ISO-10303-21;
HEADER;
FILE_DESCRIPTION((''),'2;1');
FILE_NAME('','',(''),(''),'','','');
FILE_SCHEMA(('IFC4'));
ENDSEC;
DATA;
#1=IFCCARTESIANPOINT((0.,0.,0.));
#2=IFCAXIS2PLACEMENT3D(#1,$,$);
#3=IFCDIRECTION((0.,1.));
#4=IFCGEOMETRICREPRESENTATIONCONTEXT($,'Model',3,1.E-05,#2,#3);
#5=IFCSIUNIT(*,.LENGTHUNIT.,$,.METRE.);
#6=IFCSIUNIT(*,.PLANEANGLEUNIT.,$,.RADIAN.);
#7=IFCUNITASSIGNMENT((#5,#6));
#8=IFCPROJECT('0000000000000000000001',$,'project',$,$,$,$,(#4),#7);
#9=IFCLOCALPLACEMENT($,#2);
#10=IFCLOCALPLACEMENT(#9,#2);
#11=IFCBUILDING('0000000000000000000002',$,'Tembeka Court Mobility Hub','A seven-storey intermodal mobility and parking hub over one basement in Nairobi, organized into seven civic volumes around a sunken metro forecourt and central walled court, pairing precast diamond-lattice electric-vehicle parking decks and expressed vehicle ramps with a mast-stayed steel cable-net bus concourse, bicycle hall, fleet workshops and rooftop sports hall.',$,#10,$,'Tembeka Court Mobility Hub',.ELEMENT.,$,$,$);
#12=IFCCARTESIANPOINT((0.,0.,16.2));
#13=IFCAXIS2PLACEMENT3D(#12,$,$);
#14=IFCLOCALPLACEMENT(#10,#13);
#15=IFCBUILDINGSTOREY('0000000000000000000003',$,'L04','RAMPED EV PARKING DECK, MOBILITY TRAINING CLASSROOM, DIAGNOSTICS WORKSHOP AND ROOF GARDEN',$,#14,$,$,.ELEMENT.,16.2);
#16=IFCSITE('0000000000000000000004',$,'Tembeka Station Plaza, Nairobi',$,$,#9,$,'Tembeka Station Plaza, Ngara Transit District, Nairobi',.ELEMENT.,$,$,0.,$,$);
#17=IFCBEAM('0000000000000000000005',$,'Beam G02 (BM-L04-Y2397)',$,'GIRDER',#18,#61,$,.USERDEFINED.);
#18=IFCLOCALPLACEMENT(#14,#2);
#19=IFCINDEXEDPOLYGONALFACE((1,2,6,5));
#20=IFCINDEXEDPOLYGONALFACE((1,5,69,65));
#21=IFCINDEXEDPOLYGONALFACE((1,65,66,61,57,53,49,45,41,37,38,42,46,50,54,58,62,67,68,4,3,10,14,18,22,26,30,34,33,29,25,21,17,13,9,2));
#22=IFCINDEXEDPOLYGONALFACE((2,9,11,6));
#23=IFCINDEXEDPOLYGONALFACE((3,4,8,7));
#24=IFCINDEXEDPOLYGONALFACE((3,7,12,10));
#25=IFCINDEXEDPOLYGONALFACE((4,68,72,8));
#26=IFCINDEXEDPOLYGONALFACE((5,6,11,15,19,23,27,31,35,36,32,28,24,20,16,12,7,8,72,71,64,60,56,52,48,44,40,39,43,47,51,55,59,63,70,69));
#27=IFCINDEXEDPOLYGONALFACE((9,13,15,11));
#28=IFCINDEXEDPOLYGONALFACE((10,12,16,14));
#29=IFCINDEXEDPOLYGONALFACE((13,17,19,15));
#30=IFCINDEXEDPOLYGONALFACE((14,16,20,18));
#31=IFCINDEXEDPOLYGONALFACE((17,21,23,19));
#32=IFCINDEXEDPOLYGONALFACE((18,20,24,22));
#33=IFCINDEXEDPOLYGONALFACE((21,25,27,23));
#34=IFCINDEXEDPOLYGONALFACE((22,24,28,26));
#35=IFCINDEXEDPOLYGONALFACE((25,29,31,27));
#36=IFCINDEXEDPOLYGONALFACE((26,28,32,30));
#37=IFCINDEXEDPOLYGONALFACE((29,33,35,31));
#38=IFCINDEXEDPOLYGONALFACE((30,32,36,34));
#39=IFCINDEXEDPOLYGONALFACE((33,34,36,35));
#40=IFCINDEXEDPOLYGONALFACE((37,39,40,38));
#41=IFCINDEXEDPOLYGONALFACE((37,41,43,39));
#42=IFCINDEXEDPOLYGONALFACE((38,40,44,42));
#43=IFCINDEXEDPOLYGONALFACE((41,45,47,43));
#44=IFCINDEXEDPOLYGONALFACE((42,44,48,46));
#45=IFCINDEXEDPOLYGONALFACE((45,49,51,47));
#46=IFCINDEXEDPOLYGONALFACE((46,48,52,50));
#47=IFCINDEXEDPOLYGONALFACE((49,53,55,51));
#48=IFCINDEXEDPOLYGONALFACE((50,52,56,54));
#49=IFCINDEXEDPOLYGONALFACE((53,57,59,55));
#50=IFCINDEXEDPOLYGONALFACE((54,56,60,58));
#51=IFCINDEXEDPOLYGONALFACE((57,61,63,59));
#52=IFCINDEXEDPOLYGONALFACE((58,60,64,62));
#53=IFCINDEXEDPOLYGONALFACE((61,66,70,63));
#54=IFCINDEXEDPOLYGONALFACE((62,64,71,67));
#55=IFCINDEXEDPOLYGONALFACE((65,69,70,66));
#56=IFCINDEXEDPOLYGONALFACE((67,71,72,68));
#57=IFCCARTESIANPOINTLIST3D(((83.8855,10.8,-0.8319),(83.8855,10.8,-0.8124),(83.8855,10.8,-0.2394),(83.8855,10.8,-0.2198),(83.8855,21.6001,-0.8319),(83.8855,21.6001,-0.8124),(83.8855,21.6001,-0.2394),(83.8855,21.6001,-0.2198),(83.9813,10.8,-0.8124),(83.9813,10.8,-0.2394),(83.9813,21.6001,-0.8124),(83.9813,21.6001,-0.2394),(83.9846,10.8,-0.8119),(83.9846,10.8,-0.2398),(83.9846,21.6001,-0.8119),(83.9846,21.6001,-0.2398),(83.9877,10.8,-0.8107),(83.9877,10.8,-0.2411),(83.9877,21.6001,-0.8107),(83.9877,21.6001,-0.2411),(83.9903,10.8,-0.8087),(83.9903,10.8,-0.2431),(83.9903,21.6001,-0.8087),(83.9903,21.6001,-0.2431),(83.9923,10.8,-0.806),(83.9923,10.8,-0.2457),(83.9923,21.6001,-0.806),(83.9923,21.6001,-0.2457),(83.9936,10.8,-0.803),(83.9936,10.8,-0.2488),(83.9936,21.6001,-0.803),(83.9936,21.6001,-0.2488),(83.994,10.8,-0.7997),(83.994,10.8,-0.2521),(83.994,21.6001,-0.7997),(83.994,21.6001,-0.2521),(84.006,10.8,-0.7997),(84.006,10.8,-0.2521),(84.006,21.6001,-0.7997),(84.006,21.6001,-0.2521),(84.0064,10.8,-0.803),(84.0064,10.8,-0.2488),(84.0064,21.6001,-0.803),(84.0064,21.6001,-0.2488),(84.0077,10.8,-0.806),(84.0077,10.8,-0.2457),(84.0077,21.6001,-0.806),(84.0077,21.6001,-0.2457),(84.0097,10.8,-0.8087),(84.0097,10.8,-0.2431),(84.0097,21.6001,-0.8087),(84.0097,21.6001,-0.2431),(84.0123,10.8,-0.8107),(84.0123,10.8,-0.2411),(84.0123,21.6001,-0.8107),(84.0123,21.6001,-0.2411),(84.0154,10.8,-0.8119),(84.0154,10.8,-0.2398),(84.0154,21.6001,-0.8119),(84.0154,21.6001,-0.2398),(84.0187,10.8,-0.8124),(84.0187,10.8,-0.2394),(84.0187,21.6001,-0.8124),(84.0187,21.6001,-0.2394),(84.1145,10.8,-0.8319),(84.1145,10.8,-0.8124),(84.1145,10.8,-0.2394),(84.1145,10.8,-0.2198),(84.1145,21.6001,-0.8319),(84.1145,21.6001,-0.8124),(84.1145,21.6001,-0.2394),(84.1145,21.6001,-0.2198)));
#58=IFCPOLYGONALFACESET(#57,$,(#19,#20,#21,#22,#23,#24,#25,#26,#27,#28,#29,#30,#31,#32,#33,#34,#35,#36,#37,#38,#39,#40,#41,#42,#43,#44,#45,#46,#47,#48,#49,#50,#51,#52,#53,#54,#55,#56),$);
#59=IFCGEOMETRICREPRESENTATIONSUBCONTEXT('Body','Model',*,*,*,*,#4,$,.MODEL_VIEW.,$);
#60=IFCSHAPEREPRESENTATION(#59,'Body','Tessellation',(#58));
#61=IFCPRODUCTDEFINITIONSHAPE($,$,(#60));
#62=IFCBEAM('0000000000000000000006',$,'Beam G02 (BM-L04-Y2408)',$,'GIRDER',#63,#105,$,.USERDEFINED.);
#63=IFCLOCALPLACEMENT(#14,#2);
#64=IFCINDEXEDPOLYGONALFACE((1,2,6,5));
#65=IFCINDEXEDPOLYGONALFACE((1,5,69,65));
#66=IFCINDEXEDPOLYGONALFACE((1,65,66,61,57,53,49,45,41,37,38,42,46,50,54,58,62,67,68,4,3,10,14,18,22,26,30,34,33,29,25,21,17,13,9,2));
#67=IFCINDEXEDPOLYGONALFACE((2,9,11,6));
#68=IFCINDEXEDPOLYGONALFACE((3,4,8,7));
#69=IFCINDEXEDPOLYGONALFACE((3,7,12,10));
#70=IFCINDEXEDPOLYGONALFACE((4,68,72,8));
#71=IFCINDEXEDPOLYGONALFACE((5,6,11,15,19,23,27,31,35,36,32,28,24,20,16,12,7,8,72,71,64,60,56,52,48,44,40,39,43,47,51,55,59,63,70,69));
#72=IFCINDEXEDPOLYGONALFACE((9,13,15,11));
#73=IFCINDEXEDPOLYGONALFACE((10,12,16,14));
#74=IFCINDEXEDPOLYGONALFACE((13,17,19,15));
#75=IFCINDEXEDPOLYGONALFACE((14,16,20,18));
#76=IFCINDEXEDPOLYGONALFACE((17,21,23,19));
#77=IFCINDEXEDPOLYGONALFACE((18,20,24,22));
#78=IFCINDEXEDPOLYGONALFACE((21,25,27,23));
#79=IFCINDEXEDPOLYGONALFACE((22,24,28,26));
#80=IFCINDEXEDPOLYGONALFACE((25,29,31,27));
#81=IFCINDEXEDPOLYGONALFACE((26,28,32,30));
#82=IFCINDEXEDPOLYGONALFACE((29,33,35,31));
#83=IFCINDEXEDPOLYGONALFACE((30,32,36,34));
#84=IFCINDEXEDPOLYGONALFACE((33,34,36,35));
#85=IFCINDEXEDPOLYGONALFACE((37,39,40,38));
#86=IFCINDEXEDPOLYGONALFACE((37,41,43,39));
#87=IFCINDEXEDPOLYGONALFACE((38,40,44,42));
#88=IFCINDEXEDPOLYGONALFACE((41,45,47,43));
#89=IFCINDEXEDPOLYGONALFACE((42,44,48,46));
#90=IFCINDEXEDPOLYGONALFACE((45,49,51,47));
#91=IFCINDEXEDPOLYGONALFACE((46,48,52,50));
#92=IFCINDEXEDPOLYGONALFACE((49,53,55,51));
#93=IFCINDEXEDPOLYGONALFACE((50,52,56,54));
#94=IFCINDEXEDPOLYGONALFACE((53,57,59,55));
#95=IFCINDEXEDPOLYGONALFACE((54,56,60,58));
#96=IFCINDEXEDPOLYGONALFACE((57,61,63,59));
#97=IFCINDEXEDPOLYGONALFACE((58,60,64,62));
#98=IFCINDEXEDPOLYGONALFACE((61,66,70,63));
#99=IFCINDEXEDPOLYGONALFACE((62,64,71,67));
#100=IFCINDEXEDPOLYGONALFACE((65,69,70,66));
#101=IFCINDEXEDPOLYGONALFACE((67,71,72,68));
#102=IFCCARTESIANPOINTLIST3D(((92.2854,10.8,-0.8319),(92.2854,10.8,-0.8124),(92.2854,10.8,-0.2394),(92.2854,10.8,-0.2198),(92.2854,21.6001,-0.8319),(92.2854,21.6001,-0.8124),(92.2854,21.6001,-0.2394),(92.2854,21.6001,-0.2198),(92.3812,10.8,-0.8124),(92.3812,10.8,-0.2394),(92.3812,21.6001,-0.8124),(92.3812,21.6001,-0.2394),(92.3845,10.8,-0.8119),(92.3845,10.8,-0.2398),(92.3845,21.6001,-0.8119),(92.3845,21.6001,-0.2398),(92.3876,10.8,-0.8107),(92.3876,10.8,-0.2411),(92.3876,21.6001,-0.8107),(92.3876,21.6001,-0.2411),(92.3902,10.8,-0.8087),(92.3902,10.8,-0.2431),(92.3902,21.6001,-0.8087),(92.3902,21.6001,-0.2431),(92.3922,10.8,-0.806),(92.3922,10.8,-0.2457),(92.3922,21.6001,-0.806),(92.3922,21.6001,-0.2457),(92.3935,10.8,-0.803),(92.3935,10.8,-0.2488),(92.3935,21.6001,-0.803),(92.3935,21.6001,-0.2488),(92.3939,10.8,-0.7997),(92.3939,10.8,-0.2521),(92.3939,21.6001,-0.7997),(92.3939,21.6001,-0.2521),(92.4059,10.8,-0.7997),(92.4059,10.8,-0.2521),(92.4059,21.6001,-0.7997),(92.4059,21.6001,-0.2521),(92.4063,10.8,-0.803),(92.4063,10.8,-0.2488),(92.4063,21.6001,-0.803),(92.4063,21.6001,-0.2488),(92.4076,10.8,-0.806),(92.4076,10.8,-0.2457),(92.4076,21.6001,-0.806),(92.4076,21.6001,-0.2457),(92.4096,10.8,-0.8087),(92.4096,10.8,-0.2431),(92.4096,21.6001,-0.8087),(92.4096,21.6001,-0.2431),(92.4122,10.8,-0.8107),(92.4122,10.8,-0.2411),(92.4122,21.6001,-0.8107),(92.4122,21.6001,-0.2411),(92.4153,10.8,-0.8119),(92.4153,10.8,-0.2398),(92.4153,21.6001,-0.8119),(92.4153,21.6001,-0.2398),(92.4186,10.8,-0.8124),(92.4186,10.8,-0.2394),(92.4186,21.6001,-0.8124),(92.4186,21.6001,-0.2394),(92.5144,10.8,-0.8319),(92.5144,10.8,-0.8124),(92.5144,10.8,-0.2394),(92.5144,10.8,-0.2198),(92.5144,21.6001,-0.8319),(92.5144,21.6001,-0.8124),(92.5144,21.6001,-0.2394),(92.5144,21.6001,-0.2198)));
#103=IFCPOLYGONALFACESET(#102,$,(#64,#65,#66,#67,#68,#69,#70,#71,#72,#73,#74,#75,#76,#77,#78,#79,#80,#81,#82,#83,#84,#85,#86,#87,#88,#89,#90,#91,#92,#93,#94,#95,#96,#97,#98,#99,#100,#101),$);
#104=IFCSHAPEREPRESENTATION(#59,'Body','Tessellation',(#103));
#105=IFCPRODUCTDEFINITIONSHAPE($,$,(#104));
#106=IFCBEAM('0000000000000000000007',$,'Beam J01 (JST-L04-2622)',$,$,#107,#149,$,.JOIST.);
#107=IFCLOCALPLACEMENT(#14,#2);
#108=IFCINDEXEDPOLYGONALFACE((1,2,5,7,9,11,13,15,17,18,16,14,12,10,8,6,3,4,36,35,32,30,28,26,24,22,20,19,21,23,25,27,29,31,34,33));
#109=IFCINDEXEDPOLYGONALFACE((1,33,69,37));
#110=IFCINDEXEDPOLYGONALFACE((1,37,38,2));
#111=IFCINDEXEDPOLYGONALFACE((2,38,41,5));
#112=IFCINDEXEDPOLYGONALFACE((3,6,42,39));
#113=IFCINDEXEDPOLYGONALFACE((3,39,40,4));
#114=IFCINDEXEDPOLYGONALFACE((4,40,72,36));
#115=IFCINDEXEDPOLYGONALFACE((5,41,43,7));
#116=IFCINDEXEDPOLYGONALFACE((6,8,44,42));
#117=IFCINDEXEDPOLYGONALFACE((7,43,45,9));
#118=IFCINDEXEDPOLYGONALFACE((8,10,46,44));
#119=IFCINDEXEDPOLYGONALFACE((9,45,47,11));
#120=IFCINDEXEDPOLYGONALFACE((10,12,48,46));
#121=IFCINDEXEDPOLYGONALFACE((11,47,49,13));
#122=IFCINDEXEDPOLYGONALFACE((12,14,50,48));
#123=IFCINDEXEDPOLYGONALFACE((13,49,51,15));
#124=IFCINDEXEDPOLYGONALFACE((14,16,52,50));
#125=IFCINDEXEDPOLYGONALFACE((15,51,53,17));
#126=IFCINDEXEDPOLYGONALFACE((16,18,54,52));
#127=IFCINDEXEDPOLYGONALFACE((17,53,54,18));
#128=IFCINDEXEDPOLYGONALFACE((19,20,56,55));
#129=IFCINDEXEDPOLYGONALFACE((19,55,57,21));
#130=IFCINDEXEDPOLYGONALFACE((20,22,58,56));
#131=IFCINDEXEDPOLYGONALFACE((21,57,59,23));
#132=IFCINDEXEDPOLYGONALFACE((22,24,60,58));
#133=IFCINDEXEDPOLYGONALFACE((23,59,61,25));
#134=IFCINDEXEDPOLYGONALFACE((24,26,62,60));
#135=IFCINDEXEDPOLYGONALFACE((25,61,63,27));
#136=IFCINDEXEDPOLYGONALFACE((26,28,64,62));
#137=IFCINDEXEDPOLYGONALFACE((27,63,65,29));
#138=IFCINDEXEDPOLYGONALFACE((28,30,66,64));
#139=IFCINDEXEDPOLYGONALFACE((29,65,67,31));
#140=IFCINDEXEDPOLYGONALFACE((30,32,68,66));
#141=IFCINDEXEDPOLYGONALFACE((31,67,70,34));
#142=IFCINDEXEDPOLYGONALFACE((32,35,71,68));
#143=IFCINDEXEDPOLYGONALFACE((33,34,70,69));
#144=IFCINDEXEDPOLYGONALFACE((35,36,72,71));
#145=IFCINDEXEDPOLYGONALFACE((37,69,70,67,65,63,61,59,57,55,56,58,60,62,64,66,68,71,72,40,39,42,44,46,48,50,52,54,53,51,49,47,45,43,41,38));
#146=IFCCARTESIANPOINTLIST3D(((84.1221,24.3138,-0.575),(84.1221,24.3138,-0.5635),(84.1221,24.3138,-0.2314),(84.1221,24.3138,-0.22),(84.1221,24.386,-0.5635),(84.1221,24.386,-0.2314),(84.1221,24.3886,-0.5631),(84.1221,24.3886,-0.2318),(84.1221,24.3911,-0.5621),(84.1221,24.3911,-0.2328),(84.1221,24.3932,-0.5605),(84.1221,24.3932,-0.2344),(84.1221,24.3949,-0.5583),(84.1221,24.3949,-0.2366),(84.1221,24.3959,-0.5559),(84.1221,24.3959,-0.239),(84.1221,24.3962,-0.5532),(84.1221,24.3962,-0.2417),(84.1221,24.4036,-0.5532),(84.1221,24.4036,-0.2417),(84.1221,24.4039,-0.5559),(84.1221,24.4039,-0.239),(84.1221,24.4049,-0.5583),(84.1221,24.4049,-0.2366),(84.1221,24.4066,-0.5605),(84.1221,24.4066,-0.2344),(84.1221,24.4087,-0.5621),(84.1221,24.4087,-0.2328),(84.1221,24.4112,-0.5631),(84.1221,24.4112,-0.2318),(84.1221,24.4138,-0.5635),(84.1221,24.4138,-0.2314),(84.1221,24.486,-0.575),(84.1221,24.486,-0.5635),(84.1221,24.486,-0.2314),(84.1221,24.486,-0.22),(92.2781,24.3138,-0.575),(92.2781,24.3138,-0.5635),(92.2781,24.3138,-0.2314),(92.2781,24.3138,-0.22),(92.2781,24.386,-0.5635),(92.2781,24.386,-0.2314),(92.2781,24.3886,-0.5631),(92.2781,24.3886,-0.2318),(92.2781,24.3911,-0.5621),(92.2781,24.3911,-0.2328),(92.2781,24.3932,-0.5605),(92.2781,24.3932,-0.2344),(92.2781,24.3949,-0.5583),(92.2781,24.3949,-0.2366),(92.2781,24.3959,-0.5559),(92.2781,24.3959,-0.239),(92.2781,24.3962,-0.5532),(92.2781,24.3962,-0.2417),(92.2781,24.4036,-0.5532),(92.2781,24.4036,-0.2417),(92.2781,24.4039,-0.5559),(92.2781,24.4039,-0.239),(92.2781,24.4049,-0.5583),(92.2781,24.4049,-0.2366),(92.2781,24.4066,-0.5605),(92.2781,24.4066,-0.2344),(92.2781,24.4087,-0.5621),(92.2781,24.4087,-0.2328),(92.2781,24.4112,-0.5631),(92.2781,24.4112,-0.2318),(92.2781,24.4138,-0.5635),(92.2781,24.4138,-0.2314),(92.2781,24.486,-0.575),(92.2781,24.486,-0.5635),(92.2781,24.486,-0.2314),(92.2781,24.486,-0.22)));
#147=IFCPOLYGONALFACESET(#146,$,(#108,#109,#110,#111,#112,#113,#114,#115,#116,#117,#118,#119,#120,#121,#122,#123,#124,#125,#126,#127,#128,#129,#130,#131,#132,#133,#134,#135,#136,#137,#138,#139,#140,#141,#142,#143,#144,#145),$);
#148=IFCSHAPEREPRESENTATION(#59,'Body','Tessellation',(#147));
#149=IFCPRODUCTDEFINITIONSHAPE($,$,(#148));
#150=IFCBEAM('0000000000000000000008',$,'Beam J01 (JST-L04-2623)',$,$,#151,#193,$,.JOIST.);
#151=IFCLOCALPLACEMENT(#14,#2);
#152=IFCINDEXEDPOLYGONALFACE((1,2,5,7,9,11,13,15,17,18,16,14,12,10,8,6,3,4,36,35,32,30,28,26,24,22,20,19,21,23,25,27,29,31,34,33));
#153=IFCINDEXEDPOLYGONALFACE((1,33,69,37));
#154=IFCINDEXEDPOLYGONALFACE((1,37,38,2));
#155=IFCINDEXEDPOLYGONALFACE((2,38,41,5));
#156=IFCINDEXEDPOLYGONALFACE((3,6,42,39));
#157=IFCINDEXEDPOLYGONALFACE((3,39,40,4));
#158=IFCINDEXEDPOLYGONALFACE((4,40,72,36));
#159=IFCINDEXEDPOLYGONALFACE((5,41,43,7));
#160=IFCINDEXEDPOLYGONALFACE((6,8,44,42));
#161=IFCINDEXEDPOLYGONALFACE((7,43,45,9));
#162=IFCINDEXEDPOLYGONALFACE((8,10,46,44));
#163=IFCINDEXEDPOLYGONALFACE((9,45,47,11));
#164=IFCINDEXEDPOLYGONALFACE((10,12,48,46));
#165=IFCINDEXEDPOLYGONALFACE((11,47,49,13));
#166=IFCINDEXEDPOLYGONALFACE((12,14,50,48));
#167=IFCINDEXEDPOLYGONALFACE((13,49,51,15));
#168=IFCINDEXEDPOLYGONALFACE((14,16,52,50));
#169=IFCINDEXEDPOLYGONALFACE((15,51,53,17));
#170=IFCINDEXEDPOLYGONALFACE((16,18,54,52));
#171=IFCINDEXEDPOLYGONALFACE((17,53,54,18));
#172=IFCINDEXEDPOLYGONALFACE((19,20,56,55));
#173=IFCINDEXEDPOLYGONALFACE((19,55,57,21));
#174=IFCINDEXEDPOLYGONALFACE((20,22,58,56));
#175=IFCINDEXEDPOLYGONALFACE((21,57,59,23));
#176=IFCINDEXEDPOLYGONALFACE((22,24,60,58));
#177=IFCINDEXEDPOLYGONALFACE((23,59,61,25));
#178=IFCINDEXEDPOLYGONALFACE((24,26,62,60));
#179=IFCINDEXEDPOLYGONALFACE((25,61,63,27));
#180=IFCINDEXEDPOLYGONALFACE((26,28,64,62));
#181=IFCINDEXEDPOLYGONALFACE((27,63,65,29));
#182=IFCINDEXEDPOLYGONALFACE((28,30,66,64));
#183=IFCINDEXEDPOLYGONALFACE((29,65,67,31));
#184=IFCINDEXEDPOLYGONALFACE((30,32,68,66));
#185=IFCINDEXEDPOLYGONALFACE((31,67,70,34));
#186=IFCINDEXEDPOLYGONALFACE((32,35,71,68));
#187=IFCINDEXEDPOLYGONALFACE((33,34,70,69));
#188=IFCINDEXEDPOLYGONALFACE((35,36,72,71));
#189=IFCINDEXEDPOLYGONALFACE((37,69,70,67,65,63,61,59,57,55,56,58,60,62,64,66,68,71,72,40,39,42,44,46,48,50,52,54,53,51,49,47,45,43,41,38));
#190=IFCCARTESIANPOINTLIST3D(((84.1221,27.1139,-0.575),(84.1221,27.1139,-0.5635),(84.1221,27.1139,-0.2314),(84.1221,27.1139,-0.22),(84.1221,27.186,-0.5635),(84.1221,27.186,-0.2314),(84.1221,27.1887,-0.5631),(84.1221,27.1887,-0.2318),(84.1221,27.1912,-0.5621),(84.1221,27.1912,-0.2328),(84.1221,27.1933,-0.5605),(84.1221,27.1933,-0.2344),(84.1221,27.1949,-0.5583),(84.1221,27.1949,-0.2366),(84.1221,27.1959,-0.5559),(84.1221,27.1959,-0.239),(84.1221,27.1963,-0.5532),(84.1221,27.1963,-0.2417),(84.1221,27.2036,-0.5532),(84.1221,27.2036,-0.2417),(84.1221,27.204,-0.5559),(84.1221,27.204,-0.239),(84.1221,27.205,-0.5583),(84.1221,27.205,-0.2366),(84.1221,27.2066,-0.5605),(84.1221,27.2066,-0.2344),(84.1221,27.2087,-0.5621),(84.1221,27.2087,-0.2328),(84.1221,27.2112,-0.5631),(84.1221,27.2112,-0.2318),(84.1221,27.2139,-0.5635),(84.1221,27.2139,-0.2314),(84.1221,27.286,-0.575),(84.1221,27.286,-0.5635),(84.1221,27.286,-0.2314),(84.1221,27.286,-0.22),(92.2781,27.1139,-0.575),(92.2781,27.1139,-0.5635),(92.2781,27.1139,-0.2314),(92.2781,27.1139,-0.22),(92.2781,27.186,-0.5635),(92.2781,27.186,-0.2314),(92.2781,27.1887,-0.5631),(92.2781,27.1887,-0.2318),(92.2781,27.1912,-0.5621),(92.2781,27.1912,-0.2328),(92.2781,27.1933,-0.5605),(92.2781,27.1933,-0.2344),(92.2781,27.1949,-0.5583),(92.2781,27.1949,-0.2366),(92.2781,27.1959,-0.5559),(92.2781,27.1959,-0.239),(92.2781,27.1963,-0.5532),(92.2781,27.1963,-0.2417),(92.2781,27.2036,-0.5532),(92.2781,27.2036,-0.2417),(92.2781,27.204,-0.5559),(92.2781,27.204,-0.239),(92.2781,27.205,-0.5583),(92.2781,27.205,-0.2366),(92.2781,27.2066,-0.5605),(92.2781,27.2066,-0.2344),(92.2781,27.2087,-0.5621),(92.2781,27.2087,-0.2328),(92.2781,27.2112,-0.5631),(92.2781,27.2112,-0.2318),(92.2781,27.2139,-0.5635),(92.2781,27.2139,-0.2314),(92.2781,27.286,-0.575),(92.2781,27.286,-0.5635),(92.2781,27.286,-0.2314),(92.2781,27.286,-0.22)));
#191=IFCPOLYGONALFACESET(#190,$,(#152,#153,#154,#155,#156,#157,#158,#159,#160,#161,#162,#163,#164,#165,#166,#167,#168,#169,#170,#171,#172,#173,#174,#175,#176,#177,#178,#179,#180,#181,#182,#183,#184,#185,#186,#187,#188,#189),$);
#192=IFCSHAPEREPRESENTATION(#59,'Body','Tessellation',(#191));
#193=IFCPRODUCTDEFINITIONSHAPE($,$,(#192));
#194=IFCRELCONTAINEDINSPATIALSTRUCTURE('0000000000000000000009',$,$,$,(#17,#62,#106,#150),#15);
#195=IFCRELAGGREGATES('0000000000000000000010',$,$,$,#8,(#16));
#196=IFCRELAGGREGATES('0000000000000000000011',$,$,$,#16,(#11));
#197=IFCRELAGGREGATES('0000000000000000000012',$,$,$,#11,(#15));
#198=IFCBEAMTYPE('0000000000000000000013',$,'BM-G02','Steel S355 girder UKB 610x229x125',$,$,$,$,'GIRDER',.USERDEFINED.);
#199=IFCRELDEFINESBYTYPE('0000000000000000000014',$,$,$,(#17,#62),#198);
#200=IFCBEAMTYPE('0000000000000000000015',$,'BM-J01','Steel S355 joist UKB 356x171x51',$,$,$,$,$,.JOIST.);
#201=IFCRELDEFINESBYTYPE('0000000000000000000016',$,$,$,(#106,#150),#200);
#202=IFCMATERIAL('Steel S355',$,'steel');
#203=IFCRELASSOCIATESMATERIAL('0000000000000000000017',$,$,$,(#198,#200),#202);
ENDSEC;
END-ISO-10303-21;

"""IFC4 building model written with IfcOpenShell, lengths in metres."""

from ifc_helpers import new_model, si_unit, direction, frame, origin, origin_2d, place, context, subcontext, project, spatial, i_section, extrude, material, material_profile, profile_set, type_object, element, save


model = new_model("IFC4")

# Units and contexts
model_context = context("Model", 3, precision=1e-05, world=origin(), true_north=direction((0.0, 1.0)))
body_context = subcontext(model_context, "Body", "Model", "MODEL_VIEW")
ifc_project = project(units=[si_unit("LENGTHUNIT", "METRE"), si_unit("PLANEANGLEUNIT", "RADIAN")], contexts=[model_context])

# Site, building, storey
site_placement = place(None, origin())
site = spatial("IfcSite", under=ifc_project, at=site_placement, Name="Tembeka Station Plaza, Nairobi", LongName="Tembeka Station Plaza, Ngara Transit District, Nairobi", CompositionType="ELEMENT", RefElevation=0.0)
building_placement = place(site_placement, origin())
building = spatial("IfcBuilding", under=site, at=building_placement, Name="Tembeka Court Mobility Hub", Description="A seven-storey intermodal mobility and parking hub over one basement in Nairobi, organized into seven civic volumes around a sunken metro forecourt and central walled court, pairing precast diamond-lattice electric-vehicle parking decks and expressed vehicle ramps with a mast-stayed steel cable-net bus concourse, bicycle hall, fleet workshops and rooftop sports hall.", LongName="Tembeka Court Mobility Hub", CompositionType="ELEMENT")
storey_placement = place(building_placement, frame((0.0, 0.0, 16.2)))
storey = spatial("IfcBuildingStorey", under=building, at=storey_placement, Name="L04", Description="RAMPED EV PARKING DECK, MOBILITY TRAINING CLASSROOM, DIAGNOSTICS WORKSHOP AND ROOF GARDEN", CompositionType="ELEMENT", Elevation=16.2)

# Shared definitions
ifc_material_1 = material(Name="Steel S355", Category="steel")

# Beams
ifc_material_profile_1 = material_profile(ifc_material_1, i_section(OverallWidth=0.229, OverallDepth=0.6121, WebThickness=0.012, FlangeThickness=0.0195, FilletRadius=0.0127, at=origin_2d()), Name="UKB 610x229x125")
ifc_profile_set_1 = profile_set([ifc_material_profile_1], Name="Steel S355")
beam_type_1 = type_object("IfcBeamType", Name="BM-G02", Description="Steel S355 girder UKB 610x229x125", ElementType="GIRDER", PredefinedType="USERDEFINED", material=ifc_profile_set_1)
for number, where, z_axis, x_axis, name in (
    (1, (84.0, 10.8, -0.5259), (0.0, 1.0, 0.0), (-1.0, 0.0, 0.0), "Beam G02 (BM-L04-Y2397)"),
    (2, (92.3999, 10.8, -0.5259), (0.0, 1.0, 0.0), (-1.0, 0.0, 0.0), "Beam G02 (BM-L04-Y2408)"),
):
    element("IfcBeam", number, at=place(storey_placement, frame(where, z_axis=z_axis, x_axis=x_axis)), inside=storey, type_object=beam_type_1, Name=name, ObjectType="GIRDER", PredefinedType="USERDEFINED", context=body_context, shape_type="SweptSolid", body=[
        extrude(i_section(OverallWidth=0.229, OverallDepth=0.6121, WebThickness=0.012, FlangeThickness=0.0195, FilletRadius=0.0127, at=origin_2d()), origin(), (0.0, 0.0, 1.0), 10.8),
    ])
ifc_material_profile_2 = material_profile(ifc_material_1, i_section(OverallWidth=0.1721, OverallDepth=0.355, WebThickness=0.0073, FlangeThickness=0.0115, FilletRadius=0.0103, at=origin_2d()), Name="UKB 356x171x51")
ifc_profile_set_2 = profile_set([ifc_material_profile_2], Name="Steel S355")
beam_type_2 = type_object("IfcBeamType", Name="BM-J01", Description="Steel S355 joist UKB 356x171x51", PredefinedType="JOIST", material=ifc_profile_set_2)
for number, where, z_axis, x_axis, name in (
    (3, (84.1221, 24.3999, -0.3975), (1.0, 0.0, 0.0), (0.0, 1.0, 0.0), "Beam J01 (JST-L04-2622)"),
    (4, (84.1221, 27.2, -0.3975), (1.0, 0.0, 0.0), (0.0, 1.0, 0.0), "Beam J01 (JST-L04-2623)"),
):
    element("IfcBeam", number, at=place(storey_placement, frame(where, z_axis=z_axis, x_axis=x_axis)), inside=storey, type_object=beam_type_2, Name=name, PredefinedType="JOIST", context=body_context, shape_type="SweptSolid", body=[
        extrude(i_section(OverallWidth=0.1721, OverallDepth=0.355, WebThickness=0.0073, FlangeThickness=0.0115, FilletRadius=0.0103, at=origin_2d()), origin(), (0.0, 0.0, 1.0), 8.156),
    ])

save(model, "model.ifc")
